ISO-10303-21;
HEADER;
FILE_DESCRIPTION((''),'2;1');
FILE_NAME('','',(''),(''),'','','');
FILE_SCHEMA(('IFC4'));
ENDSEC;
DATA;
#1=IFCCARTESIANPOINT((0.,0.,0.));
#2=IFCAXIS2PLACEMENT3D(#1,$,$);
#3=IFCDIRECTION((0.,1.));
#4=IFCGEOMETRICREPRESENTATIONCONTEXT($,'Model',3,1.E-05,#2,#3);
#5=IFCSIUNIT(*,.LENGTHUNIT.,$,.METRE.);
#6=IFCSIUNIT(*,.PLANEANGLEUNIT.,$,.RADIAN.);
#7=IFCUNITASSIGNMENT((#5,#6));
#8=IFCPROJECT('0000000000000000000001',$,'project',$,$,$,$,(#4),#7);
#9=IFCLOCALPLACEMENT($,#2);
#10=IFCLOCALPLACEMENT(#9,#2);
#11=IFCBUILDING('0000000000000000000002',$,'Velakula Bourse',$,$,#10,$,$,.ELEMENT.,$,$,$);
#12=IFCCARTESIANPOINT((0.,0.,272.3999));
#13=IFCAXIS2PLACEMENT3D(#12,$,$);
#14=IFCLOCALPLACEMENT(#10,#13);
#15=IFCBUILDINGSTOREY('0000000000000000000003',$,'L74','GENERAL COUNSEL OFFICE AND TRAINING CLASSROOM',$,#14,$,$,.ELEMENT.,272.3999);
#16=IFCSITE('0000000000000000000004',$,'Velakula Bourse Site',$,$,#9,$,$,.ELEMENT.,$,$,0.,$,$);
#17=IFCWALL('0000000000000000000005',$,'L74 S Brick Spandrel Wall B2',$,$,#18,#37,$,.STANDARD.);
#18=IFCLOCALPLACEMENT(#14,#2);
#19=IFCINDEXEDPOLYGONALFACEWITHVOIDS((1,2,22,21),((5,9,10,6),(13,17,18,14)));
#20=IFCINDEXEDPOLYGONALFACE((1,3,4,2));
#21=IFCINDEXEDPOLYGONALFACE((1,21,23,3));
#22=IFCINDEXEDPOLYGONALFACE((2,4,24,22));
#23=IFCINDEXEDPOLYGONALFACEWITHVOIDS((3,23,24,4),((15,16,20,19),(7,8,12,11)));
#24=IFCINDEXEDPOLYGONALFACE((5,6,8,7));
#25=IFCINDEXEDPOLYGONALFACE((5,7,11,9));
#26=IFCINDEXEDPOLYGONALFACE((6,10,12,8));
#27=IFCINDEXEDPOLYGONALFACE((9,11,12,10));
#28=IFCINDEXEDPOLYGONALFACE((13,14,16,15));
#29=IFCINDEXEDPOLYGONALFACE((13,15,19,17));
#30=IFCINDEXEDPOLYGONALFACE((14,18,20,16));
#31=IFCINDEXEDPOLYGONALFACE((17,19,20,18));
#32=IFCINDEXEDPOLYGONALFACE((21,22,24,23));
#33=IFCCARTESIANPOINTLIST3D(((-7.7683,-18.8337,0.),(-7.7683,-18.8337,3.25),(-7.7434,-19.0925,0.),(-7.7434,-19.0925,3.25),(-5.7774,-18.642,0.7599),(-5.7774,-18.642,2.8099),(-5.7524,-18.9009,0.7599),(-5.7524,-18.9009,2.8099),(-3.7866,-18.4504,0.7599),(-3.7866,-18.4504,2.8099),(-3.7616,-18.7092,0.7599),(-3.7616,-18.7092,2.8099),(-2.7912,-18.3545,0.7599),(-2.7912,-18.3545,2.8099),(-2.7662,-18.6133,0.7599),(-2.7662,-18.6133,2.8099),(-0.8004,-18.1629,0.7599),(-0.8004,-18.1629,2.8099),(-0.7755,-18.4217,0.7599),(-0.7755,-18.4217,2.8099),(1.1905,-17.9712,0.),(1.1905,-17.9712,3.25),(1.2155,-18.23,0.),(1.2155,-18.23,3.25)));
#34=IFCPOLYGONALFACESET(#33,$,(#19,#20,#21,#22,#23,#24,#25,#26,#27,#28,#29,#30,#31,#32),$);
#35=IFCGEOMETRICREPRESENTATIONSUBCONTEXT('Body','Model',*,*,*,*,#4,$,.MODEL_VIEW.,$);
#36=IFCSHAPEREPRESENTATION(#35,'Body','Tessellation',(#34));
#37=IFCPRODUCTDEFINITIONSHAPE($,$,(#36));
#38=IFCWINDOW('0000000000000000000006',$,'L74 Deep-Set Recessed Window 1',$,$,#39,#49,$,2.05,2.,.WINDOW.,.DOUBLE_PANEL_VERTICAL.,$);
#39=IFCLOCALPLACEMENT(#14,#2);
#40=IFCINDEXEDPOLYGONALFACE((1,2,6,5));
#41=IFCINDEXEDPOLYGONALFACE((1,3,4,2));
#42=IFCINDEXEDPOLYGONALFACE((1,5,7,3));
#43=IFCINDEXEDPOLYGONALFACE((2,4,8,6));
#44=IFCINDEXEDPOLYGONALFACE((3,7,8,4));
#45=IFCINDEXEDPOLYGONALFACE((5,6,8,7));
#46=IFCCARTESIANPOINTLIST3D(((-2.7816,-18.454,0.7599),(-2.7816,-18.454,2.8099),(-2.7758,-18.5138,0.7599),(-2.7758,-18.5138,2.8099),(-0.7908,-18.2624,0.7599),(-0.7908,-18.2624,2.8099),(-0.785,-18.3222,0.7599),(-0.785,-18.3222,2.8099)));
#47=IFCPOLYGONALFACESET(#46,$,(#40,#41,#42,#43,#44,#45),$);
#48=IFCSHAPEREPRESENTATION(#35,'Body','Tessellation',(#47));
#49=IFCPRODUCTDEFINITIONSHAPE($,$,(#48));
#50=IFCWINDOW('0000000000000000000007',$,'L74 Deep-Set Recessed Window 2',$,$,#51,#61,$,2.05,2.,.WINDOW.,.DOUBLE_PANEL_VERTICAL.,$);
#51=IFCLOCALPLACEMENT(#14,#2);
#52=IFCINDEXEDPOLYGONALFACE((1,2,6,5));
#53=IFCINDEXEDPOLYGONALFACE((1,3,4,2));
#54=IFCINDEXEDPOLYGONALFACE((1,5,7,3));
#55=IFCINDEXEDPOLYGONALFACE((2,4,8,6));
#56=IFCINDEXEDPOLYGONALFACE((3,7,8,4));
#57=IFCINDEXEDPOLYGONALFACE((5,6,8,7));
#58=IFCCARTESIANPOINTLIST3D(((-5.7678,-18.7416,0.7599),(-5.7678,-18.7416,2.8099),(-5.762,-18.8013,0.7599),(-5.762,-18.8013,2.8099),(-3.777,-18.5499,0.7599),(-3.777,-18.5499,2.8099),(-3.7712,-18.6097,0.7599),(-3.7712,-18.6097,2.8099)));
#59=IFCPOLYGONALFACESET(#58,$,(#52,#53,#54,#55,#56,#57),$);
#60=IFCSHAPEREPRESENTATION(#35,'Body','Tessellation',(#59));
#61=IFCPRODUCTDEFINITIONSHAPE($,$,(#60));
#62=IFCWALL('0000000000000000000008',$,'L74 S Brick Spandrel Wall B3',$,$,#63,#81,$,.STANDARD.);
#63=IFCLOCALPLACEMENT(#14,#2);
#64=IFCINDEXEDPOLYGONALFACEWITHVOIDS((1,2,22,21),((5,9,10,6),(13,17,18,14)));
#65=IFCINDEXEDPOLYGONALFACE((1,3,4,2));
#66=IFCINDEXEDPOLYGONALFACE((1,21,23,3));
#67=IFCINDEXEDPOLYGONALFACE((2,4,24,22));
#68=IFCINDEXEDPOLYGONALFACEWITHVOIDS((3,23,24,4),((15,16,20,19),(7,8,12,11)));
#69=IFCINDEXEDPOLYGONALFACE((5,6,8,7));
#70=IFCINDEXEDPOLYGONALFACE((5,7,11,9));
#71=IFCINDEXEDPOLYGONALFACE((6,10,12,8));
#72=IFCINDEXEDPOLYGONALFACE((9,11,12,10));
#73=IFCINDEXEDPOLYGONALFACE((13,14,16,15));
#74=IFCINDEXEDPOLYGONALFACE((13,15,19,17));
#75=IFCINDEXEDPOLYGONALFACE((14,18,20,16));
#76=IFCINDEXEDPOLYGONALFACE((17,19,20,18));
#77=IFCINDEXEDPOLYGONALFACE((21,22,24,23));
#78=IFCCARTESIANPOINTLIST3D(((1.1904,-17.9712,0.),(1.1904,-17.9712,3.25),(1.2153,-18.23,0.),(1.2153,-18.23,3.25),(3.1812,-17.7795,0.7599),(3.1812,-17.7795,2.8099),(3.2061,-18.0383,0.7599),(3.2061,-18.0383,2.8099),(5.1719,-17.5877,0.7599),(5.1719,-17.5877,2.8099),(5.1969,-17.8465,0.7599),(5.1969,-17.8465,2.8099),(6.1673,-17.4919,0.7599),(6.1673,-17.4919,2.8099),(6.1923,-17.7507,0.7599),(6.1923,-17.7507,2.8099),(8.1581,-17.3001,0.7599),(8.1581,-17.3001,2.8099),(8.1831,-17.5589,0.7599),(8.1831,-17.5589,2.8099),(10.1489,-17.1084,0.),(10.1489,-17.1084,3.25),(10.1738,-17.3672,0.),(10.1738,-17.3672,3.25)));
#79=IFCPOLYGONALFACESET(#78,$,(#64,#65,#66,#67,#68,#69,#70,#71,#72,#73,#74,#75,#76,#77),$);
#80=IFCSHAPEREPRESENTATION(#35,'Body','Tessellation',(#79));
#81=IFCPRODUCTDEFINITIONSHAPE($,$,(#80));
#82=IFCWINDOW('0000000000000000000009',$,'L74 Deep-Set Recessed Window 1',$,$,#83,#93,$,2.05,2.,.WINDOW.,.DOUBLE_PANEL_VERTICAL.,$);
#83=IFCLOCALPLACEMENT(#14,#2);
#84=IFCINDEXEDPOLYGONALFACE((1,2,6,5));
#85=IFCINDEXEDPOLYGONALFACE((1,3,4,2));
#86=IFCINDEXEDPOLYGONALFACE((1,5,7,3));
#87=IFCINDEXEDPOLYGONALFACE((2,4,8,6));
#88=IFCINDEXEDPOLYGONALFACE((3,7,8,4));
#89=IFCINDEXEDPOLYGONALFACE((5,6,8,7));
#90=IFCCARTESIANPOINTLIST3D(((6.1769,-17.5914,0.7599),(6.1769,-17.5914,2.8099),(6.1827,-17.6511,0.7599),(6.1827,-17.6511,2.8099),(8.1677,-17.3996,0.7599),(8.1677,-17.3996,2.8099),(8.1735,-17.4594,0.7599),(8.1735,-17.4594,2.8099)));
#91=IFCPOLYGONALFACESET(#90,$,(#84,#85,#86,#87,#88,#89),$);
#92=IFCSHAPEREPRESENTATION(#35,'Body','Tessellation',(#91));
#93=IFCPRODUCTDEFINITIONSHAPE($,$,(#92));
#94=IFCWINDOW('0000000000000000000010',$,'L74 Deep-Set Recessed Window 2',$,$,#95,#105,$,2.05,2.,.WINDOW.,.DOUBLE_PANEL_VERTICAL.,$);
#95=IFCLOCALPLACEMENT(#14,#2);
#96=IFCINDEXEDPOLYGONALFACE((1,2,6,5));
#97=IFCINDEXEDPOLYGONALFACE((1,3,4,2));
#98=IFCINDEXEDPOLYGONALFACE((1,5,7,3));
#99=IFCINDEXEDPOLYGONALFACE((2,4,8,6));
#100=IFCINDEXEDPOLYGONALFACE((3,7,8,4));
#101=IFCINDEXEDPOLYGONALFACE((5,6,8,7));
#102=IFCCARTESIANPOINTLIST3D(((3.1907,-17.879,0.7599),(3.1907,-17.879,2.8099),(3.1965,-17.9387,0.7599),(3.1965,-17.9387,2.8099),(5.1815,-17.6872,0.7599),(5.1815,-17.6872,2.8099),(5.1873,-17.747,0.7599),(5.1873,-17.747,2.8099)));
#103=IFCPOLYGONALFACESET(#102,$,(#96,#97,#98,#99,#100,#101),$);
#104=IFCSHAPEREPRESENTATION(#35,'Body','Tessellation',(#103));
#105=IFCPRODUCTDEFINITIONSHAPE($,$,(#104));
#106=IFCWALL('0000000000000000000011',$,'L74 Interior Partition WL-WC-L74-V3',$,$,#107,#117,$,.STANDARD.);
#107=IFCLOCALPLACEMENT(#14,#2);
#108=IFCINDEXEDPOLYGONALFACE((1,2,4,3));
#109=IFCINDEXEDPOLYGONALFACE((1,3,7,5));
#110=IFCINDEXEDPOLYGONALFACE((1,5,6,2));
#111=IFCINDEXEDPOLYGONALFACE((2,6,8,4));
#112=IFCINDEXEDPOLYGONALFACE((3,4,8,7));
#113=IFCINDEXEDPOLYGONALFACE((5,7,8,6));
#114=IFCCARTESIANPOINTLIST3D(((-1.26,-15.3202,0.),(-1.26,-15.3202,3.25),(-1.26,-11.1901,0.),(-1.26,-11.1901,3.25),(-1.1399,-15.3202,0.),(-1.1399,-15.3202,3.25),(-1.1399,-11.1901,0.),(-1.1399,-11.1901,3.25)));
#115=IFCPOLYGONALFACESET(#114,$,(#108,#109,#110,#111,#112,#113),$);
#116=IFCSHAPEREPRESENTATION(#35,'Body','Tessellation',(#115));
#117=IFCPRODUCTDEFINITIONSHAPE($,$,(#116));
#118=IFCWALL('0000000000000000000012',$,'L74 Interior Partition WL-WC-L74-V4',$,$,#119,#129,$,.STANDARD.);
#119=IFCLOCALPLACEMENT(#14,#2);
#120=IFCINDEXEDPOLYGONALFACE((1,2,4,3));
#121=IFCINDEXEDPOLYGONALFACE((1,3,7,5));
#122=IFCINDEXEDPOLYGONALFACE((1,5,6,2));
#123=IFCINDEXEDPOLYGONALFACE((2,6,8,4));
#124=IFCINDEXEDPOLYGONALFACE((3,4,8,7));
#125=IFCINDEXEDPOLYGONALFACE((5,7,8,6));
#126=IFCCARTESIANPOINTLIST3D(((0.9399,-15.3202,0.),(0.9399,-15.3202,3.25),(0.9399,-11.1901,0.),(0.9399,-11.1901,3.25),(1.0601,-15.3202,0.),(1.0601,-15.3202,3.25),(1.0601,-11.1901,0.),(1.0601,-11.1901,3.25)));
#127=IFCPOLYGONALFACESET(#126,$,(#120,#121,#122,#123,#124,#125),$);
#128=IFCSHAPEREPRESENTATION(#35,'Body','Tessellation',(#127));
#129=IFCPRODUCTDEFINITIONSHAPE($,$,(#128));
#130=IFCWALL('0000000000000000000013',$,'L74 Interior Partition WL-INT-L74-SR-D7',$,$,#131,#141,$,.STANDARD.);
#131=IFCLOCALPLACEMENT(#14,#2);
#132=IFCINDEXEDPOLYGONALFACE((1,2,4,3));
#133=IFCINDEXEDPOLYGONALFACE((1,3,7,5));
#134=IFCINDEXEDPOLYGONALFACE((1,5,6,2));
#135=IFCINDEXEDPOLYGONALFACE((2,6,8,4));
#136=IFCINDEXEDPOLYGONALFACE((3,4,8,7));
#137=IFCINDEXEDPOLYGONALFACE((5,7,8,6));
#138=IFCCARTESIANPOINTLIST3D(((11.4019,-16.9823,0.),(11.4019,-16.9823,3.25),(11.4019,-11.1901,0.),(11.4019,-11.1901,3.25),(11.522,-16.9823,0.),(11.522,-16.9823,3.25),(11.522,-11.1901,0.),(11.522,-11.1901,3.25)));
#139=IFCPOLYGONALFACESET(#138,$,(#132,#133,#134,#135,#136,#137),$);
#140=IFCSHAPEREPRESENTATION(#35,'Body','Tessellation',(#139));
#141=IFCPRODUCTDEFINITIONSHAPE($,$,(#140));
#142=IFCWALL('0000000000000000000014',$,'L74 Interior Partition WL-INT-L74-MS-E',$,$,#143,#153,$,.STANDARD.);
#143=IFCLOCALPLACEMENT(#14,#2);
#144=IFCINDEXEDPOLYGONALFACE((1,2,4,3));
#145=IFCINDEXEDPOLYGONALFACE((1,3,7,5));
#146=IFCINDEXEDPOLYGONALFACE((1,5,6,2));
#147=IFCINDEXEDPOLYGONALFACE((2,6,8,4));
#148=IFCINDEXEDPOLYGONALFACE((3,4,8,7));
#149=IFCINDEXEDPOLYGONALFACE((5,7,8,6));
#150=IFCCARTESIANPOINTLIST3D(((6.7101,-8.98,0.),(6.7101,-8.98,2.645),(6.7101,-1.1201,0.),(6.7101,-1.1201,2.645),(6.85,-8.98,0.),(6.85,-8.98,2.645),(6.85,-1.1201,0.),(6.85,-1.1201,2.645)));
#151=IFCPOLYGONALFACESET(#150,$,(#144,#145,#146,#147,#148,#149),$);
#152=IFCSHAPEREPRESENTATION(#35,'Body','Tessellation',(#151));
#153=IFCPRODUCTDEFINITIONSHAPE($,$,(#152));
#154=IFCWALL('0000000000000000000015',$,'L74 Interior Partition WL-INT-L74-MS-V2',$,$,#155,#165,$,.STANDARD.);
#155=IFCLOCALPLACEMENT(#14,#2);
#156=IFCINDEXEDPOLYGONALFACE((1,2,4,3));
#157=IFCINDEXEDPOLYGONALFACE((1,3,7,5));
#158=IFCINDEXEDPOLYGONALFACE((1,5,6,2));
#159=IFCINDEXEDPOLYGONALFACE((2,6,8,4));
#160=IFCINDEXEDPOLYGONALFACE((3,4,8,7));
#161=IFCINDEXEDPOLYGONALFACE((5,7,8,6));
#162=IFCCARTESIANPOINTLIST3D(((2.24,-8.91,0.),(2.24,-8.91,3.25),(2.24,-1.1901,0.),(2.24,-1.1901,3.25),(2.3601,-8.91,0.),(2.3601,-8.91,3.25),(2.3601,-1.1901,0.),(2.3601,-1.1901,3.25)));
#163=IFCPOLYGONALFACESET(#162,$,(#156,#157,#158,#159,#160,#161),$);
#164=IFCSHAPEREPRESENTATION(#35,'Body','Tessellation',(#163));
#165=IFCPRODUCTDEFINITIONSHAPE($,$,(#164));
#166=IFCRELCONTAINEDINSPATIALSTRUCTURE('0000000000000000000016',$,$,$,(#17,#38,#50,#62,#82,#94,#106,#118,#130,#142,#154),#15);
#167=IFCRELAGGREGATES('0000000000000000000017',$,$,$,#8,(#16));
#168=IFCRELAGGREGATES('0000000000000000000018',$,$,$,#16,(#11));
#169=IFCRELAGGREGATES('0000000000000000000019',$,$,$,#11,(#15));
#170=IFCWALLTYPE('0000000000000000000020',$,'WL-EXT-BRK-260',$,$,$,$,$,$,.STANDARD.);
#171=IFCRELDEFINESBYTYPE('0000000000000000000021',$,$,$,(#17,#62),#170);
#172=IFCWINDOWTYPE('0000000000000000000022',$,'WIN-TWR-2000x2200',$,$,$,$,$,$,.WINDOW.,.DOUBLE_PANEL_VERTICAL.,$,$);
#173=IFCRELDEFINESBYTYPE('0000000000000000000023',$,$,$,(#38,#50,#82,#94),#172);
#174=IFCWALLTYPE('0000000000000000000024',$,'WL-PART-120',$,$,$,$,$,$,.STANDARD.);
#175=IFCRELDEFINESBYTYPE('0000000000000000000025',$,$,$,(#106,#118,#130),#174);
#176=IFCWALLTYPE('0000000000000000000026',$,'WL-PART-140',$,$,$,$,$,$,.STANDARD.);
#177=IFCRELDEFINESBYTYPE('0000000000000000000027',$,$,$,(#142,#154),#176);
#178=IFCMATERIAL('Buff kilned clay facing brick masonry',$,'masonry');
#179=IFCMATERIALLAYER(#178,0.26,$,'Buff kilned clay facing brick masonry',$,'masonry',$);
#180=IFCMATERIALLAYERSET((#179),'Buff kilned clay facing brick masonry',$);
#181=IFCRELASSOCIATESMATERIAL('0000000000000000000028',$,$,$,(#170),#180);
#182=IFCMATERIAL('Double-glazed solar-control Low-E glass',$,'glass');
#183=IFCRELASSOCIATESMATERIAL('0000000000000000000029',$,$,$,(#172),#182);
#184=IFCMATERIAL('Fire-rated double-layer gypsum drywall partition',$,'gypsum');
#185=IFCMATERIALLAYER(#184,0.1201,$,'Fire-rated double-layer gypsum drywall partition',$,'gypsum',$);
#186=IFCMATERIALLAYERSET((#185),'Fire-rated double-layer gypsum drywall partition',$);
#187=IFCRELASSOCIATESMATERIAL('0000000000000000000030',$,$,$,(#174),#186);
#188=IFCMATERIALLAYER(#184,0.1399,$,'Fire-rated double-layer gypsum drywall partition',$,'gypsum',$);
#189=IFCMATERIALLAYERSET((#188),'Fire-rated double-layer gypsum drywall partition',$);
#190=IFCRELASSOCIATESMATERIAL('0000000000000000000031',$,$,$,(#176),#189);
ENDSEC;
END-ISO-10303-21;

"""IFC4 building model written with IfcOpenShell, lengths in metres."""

from ifc_helpers import new_model, si_unit, direction, frame, frame_2d, origin, place, context, subcontext, project, spatial, rectangle, extrude, material, layer, layer_set, type_object, element, fill, save


model = new_model("IFC4")

# Units and contexts
model_context = context("Model", 3, precision=1e-05, world=origin(), true_north=direction((0.0, 1.0)))
body_context = subcontext(model_context, "Body", "Model", "MODEL_VIEW")
ifc_project = project(units=[si_unit("LENGTHUNIT", "METRE"), si_unit("PLANEANGLEUNIT", "RADIAN")], contexts=[model_context])

# Site, building, storey
site_placement = place(None, origin())
site = spatial("IfcSite", under=ifc_project, at=site_placement, Name="Velakula Bourse Site", CompositionType="ELEMENT", RefElevation=0.0)
building_placement = place(site_placement, origin())
building = spatial("IfcBuilding", under=site, at=building_placement, Name="Velakula Bourse", CompositionType="ELEMENT")
storey_placement = place(building_placement, frame((0.0, 0.0, 272.3999)))
storey = spatial("IfcBuildingStorey", under=building, at=storey_placement, Name="L74", Description="GENERAL COUNSEL OFFICE AND TRAINING CLASSROOM", CompositionType="ELEMENT", Elevation=272.3999)

# Walls, openings, windows
ifc_material_1 = material(Name="Buff kilned clay facing brick masonry", Category="masonry")
ifc_layer_1 = layer(ifc_material_1, 0.26, Name="Buff kilned clay facing brick masonry", Category="masonry")
ifc_layer_set_1 = layer_set([ifc_layer_1], Name="Buff kilned clay facing brick masonry")
wall_type_1 = type_object("IfcWallType", Name="WL-EXT-BRK-260", PredefinedType="STANDARD", material=ifc_layer_set_1)
wall_1_placement = place(storey_placement, frame((1.2029, -18.1006, 0.0), z_axis=(0.0, 0.0, 1.0), x_axis=(-0.995397, -0.095837, 0.0)))
wall_1 = element("IfcWall", 1, at=wall_1_placement, inside=storey, type_object=wall_type_1, Name="L74 S Brick Spandrel Wall B2", PredefinedType="STANDARD", context=body_context, shape_type="SweptSolid", body=[
    extrude(rectangle(XDim=9.0002, YDim=0.26, at=frame_2d((4.5, 0.0))), origin(), (0.0, 0.0, 1.0), 3.25),
])
opening_1_placement = place(wall_1_placement, frame((2.0, 0.0, 0.76)))
opening_1 = element("IfcOpeningElement", 2, at=opening_1_placement, cuts=wall_1, PredefinedType="OPENING", context=body_context, shape_type="SweptSolid", body=[
    extrude(rectangle(XDim=2.0, YDim=2.05, at=frame_2d((1.0, 1.0249))), frame((0.0, 0.1399, 0.0), z_axis=(0.0, -1.0, 0.0), x_axis=(1.0, 0.0, 0.0)), (0.0, 0.0, 1.0), 0.28),
])
opening_2_placement = place(wall_1_placement, frame((5.0, 0.0, 0.76)))
opening_2 = element("IfcOpeningElement", 3, at=opening_2_placement, cuts=wall_1, PredefinedType="OPENING", context=body_context, shape_type="SweptSolid", body=[
    extrude(rectangle(XDim=2.0, YDim=2.05, at=frame_2d((1.0, 1.0249))), frame((0.0, 0.1399, 0.0), z_axis=(0.0, -1.0, 0.0), x_axis=(1.0, 0.0, 0.0)), (0.0, 0.0, 1.0), 0.28),
])
ifc_material_2 = material(Name="Double-glazed solar-control Low-E glass", Category="glass")
window_type = type_object("IfcWindowType", Name="WIN-TWR-2000x2200", PartitioningType="DOUBLE_PANEL_VERTICAL", PredefinedType="WINDOW", material=ifc_material_2)
window_1_placement = place(opening_1_placement, origin())
window_1 = element("IfcWindow", 4, at=window_1_placement, inside=storey, type_object=window_type, Name="L74 Deep-Set Recessed Window 1", OverallHeight=2.05, OverallWidth=2.0, PartitioningType="DOUBLE_PANEL_VERTICAL", PredefinedType="WINDOW", context=body_context, shape_type="SweptSolid", body=[
    extrude(rectangle(XDim=2.0, YDim=2.05, at=frame_2d((1.0, 1.0249))), frame((0.0, 0.03, 0.0), z_axis=(0.0, -1.0, 0.0), x_axis=(1.0, 0.0, 0.0)), (0.0, 0.0, 1.0), 0.0601),
])
fill(opening_1, window_1)
window_2_placement = place(opening_2_placement, origin())
window_2 = element("IfcWindow", 5, at=window_2_placement, inside=storey, type_object=window_type, Name="L74 Deep-Set Recessed Window 2", OverallHeight=2.05, OverallWidth=2.0, PartitioningType="DOUBLE_PANEL_VERTICAL", PredefinedType="WINDOW", context=body_context, shape_type="SweptSolid", body=[
    extrude(rectangle(XDim=2.0, YDim=2.05, at=frame_2d((1.0, 1.0249))), frame((0.0, 0.03, 0.0), z_axis=(0.0, -1.0, 0.0), x_axis=(1.0, 0.0, 0.0)), (0.0, 0.0, 1.0), 0.0601),
])
fill(opening_2, window_2)
wall_2_placement = place(storey_placement, frame((10.1614, -17.2378, 0.0), z_axis=(0.0, 0.0, 1.0), x_axis=(-0.995394, -0.095866, 0.0)))
wall_2 = element("IfcWall", 6, at=wall_2_placement, inside=storey, type_object=wall_type_1, Name="L74 S Brick Spandrel Wall B3", PredefinedType="STANDARD", context=body_context, shape_type="SweptSolid", body=[
    extrude(rectangle(XDim=9.0, YDim=0.26, at=frame_2d((4.5, 0.0))), origin(), (0.0, 0.0, 1.0), 3.25),
])
opening_3_placement = place(wall_2_placement, frame((2.0, 0.0, 0.76)))
opening_3 = element("IfcOpeningElement", 7, at=opening_3_placement, cuts=wall_2, PredefinedType="OPENING", context=body_context, shape_type="SweptSolid", body=[
    extrude(rectangle(XDim=2.0, YDim=2.05, at=frame_2d((1.0, 1.0249))), frame((0.0, 0.1399, 0.0), z_axis=(0.0, -1.0, 0.0), x_axis=(1.0, 0.0, 0.0)), (0.0, 0.0, 1.0), 0.28),
])
opening_4_placement = place(wall_2_placement, frame((5.0, 0.0, 0.76)))
opening_4 = element("IfcOpeningElement", 8, at=opening_4_placement, cuts=wall_2, PredefinedType="OPENING", context=body_context, shape_type="SweptSolid", body=[
    extrude(rectangle(XDim=2.0, YDim=2.05, at=frame_2d((1.0, 1.0249))), frame((0.0, 0.1399, 0.0), z_axis=(0.0, -1.0, 0.0), x_axis=(1.0, 0.0, 0.0)), (0.0, 0.0, 1.0), 0.28),
])
window_3_placement = place(opening_3_placement, origin())
window_3 = element("IfcWindow", 9, at=window_3_placement, inside=storey, type_object=window_type, Name="L74 Deep-Set Recessed Window 1", OverallHeight=2.05, OverallWidth=2.0, PartitioningType="DOUBLE_PANEL_VERTICAL", PredefinedType="WINDOW", context=body_context, shape_type="SweptSolid", body=[
    extrude(rectangle(XDim=2.0, YDim=2.05, at=frame_2d((1.0, 1.0249))), frame((0.0, 0.03, 0.0), z_axis=(0.0, -1.0, 0.0), x_axis=(1.0, 0.0, 0.0)), (0.0, 0.0, 1.0), 0.0601),
])
fill(opening_3, window_3)
window_4_placement = place(opening_4_placement, origin())
window_4 = element("IfcWindow", 10, at=window_4_placement, inside=storey, type_object=window_type, Name="L74 Deep-Set Recessed Window 2", OverallHeight=2.05, OverallWidth=2.0, PartitioningType="DOUBLE_PANEL_VERTICAL", PredefinedType="WINDOW", context=body_context, shape_type="SweptSolid", body=[
    extrude(rectangle(XDim=2.0, YDim=2.05, at=frame_2d((1.0, 1.0249))), frame((0.0, 0.03, 0.0), z_axis=(0.0, -1.0, 0.0), x_axis=(1.0, 0.0, 0.0)), (0.0, 0.0, 1.0), 0.0601),
])
fill(opening_4, window_4)

# Walls
ifc_material_3 = material(Name="Fire-rated double-layer gypsum drywall partition", Category="gypsum")
ifc_layer_2 = layer(ifc_material_3, 0.1201, Name="Fire-rated double-layer gypsum drywall partition", Category="gypsum")
ifc_layer_set_2 = layer_set([ifc_layer_2], Name="Fire-rated double-layer gypsum drywall partition")
wall_type_2 = type_object("IfcWallType", Name="WL-PART-120", PredefinedType="STANDARD", material=ifc_layer_set_2)
for number, where, z_axis, x_axis, name in (
    (11, (-1.2, -15.3201, 0.0), (0.0, 0.0, 1.0), (0.0, 1.0, 0.0), "L74 Interior Partition WL-WC-L74-V3"),
    (12, (1.0, -15.3201, 0.0), (0.0, 0.0, 1.0), (0.0, 1.0, 0.0), "L74 Interior Partition WL-WC-L74-V4"),
):
    element("IfcWall", number, at=place(storey_placement, frame(where, z_axis=z_axis, x_axis=x_axis)), inside=storey, type_object=wall_type_2, Name=name, PredefinedType="STANDARD", context=body_context, shape_type="SweptSolid", body=[
        extrude(rectangle(XDim=4.1301, YDim=0.1201, at=frame_2d((2.0649, 0.0))), origin(), (0.0, 0.0, 1.0), 3.25),
    ])
wall_3_placement = place(storey_placement, frame((11.4619, -16.9822, 0.0), z_axis=(0.0, 0.0, 1.0), x_axis=(0.0, 1.0, 0.0)))
element("IfcWall", 13, at=wall_3_placement, inside=storey, type_object=wall_type_2, Name="L74 Interior Partition WL-INT-L74-SR-D7", PredefinedType="STANDARD", context=body_context, shape_type="SweptSolid", body=[
    extrude(rectangle(XDim=5.7922, YDim=0.1201, at=frame_2d((2.896, 0.0))), origin(), (0.0, 0.0, 1.0), 3.25),
])
ifc_layer_3 = layer(ifc_material_3, 0.1399, Name="Fire-rated double-layer gypsum drywall partition", Category="gypsum")
ifc_layer_set_3 = layer_set([ifc_layer_3], Name="Fire-rated double-layer gypsum drywall partition")
wall_type_3 = type_object("IfcWallType", Name="WL-PART-140", PredefinedType="STANDARD", material=ifc_layer_set_3)
wall_4_placement = place(storey_placement, frame((6.78, -8.98, 0.0), z_axis=(0.0, 0.0, 1.0), x_axis=(0.0, 1.0, 0.0)))
element("IfcWall", 14, at=wall_4_placement, inside=storey, type_object=wall_type_3, Name="L74 Interior Partition WL-INT-L74-MS-E", PredefinedType="STANDARD", context=body_context, shape_type="SweptSolid", body=[
    extrude(rectangle(XDim=7.8599, YDim=0.1399, at=frame_2d((3.9299, 0.0))), origin(), (0.0, 0.0, 1.0), 2.645),
])
wall_5_placement = place(storey_placement, frame((2.3, -8.9099, 0.0), z_axis=(0.0, 0.0, 1.0), x_axis=(0.0, 1.0, 0.0)))
element("IfcWall", 15, at=wall_5_placement, inside=storey, type_object=wall_type_3, Name="L74 Interior Partition WL-INT-L74-MS-V2", PredefinedType="STANDARD", context=body_context, shape_type="SweptSolid", body=[
    extrude(rectangle(XDim=7.72, YDim=0.1201, at=frame_2d((3.8599, 0.0))), origin(), (0.0, 0.0, 1.0), 3.25),
])

save(model, "model.ifc")
